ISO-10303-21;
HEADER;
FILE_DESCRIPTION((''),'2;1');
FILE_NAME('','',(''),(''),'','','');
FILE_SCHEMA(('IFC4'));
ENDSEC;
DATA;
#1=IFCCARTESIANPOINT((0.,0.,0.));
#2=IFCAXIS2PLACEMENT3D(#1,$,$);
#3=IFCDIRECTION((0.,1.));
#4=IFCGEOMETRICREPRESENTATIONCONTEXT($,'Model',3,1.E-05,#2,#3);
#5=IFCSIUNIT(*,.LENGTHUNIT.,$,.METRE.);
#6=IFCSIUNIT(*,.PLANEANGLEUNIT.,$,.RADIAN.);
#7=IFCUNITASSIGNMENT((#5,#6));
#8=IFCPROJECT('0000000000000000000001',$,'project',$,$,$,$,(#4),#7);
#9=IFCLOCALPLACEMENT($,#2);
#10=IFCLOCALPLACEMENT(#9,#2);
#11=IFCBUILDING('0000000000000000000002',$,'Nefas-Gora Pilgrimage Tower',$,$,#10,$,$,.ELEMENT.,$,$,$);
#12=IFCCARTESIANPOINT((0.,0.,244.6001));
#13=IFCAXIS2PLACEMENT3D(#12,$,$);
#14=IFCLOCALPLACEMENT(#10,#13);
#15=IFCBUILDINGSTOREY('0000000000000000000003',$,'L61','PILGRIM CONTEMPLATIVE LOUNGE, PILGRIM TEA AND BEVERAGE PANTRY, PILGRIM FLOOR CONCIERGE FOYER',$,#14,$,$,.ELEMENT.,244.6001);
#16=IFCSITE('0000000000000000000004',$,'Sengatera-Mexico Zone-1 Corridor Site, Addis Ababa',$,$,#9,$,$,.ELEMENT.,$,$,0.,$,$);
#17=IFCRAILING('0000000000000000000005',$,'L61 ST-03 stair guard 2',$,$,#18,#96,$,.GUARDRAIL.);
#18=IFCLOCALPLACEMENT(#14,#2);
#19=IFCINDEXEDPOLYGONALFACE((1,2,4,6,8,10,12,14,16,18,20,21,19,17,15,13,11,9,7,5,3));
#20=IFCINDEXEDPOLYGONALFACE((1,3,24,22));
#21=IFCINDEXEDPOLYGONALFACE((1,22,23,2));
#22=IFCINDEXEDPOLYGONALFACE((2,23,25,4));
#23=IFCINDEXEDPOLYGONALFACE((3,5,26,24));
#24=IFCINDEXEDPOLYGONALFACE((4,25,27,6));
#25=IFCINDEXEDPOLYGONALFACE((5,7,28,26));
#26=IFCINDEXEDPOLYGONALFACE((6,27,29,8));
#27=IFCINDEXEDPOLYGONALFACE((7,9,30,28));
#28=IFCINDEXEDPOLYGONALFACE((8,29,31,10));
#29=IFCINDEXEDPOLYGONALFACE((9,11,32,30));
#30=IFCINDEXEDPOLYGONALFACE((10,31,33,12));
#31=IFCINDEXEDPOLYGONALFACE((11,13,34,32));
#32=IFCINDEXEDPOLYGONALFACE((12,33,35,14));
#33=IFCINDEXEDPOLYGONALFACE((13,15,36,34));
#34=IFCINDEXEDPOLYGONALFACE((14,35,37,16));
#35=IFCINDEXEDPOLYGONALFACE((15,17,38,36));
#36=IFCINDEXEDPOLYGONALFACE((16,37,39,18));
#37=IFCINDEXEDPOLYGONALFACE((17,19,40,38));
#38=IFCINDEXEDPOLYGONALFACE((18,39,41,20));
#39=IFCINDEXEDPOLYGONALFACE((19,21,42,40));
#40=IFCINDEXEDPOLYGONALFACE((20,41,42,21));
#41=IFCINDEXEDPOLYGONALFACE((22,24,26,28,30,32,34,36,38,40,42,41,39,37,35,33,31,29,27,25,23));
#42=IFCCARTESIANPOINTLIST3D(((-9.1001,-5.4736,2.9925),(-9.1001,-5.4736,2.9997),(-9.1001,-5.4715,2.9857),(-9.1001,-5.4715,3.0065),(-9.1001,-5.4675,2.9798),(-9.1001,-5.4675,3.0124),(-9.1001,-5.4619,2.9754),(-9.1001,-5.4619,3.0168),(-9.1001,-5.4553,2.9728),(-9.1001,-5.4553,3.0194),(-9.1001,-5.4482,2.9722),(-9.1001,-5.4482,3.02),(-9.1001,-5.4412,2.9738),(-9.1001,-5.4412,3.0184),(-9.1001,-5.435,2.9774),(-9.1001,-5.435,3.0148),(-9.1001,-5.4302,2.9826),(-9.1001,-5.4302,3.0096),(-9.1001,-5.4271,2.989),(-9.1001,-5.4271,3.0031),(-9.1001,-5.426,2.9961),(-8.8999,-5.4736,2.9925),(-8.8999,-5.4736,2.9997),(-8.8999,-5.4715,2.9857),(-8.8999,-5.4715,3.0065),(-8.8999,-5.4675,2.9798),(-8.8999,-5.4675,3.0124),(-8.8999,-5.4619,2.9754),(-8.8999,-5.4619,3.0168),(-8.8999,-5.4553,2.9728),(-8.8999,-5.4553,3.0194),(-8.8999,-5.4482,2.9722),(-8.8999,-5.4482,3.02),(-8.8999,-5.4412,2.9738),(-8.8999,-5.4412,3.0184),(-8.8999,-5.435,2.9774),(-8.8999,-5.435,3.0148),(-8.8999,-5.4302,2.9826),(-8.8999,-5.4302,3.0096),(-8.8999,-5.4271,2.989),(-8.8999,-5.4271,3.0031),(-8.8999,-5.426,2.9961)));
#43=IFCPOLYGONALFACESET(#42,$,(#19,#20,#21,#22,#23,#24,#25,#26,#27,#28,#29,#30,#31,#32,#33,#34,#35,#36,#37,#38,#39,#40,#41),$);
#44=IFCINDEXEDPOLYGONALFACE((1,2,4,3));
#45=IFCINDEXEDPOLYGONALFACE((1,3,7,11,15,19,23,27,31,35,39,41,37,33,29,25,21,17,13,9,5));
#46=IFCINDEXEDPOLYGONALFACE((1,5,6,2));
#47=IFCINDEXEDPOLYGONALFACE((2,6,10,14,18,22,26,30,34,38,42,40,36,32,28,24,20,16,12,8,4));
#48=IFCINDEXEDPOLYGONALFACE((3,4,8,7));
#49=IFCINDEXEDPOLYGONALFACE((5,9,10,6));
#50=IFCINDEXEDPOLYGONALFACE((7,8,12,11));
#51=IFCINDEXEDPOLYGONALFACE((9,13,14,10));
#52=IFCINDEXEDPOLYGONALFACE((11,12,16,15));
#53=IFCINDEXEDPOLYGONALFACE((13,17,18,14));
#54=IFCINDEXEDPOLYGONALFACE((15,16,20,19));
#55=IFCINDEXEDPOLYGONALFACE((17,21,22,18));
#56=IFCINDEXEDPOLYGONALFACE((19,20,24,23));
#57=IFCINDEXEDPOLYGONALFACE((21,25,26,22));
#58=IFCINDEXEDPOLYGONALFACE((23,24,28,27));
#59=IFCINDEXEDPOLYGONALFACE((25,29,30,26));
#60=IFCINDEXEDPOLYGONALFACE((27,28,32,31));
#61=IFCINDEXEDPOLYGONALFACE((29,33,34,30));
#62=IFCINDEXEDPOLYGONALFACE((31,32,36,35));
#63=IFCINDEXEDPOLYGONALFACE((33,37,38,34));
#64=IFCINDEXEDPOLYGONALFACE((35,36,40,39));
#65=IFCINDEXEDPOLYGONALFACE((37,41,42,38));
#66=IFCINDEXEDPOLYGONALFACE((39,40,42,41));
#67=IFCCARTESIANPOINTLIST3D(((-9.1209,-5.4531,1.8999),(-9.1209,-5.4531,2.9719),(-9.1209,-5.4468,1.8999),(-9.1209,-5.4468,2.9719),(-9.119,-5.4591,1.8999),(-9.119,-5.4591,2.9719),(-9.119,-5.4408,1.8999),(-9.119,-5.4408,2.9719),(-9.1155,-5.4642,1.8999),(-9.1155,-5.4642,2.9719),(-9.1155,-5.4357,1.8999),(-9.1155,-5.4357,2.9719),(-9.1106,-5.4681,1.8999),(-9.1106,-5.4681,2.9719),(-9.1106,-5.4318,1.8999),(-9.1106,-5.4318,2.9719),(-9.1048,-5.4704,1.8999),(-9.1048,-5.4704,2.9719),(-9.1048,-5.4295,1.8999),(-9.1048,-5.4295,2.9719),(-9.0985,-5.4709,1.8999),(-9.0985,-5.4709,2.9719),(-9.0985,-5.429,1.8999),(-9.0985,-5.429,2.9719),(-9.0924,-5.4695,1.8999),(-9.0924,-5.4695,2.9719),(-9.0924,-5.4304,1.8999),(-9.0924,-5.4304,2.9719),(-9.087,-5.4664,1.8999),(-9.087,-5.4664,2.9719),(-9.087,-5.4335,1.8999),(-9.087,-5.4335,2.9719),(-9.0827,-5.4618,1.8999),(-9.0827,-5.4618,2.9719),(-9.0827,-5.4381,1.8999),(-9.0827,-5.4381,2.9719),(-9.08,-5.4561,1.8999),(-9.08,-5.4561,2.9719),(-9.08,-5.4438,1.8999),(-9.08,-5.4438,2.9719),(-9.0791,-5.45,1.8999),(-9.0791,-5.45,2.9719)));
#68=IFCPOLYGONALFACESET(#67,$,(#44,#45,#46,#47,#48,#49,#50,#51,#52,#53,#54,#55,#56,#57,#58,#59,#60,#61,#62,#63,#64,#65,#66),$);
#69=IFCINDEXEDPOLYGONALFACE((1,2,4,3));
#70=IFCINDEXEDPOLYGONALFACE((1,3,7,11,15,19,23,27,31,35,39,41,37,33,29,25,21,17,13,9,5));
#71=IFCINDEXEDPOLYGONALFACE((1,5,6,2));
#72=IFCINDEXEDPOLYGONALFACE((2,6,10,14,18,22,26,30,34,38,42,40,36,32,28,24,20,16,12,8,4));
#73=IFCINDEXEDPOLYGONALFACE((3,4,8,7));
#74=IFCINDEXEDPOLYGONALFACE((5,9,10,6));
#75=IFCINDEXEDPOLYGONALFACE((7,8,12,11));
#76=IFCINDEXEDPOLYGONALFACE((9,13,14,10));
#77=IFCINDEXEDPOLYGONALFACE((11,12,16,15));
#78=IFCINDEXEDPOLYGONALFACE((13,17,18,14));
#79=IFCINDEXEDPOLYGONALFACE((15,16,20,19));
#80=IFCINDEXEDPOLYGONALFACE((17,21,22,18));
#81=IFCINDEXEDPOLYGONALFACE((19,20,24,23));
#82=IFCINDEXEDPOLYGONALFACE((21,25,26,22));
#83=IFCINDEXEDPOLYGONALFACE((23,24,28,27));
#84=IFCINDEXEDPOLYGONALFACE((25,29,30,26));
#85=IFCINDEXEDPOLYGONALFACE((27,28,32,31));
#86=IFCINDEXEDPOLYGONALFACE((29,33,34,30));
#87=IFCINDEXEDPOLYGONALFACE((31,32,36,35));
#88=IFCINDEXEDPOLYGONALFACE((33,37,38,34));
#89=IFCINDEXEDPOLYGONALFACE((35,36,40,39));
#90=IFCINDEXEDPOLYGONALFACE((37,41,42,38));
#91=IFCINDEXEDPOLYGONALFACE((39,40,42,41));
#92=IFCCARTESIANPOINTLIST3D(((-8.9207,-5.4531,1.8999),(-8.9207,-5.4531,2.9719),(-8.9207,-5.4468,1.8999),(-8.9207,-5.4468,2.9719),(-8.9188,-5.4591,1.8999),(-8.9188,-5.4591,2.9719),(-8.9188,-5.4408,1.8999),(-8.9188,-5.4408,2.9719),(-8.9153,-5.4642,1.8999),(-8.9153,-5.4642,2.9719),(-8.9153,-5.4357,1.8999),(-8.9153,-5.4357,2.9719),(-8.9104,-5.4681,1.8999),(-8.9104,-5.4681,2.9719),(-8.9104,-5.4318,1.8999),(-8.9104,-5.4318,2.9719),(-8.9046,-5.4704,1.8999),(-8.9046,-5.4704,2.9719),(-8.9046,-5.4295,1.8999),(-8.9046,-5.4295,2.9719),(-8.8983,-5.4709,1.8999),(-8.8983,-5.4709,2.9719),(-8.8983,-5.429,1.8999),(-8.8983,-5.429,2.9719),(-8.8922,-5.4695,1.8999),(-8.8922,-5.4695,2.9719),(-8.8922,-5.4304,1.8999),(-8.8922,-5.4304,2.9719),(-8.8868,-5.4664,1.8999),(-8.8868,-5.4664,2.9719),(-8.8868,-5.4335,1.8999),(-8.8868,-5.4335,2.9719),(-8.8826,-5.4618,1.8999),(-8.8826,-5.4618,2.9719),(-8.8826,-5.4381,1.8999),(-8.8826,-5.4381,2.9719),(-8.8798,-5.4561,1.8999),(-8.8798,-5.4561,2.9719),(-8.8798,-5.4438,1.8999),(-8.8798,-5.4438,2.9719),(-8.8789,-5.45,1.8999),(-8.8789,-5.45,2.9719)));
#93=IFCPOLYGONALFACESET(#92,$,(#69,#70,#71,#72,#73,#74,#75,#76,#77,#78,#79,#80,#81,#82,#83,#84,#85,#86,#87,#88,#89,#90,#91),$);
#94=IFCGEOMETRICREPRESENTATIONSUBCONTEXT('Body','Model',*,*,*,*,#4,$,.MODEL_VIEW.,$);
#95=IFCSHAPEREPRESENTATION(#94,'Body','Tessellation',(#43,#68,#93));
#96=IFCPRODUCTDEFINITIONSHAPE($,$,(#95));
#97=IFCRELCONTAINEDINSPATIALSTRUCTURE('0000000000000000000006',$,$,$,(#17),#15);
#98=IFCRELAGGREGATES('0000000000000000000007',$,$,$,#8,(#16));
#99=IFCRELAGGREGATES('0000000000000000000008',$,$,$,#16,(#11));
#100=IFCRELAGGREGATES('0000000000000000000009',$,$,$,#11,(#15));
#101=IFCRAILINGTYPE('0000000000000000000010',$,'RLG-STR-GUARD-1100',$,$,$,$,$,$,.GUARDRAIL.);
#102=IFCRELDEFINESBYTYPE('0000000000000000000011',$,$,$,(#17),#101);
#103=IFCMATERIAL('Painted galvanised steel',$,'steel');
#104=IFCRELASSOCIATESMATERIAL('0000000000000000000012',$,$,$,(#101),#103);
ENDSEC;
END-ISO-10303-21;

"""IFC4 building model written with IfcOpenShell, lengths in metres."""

from ifc_helpers import new_model, si_unit, direction, frame, origin, origin_2d, place, context, subcontext, project, spatial, circle, extrude, material, type_object, element, save


model = new_model("IFC4")

# Units and contexts
model_context = context("Model", 3, precision=1e-05, world=origin(), true_north=direction((0.0, 1.0)))
body_context = subcontext(model_context, "Body", "Model", "MODEL_VIEW")
ifc_project = project(units=[si_unit("LENGTHUNIT", "METRE"), si_unit("PLANEANGLEUNIT", "RADIAN")], contexts=[model_context])

# Site, building, storey
site_placement = place(None, origin())
site = spatial("IfcSite", under=ifc_project, at=site_placement, Name="Sengatera-Mexico Zone-1 Corridor Site, Addis Ababa", CompositionType="ELEMENT", RefElevation=0.0)
building_placement = place(site_placement, origin())
building = spatial("IfcBuilding", under=site, at=building_placement, Name="Nefas-Gora Pilgrimage Tower", CompositionType="ELEMENT")
storey_placement = place(building_placement, frame((0.0, 0.0, 244.6001)))
storey = spatial("IfcBuildingStorey", under=building, at=storey_placement, Name="L61", Description="PILGRIM CONTEMPLATIVE LOUNGE, PILGRIM TEA AND BEVERAGE PANTRY, PILGRIM FLOOR CONCIERGE FOYER", CompositionType="ELEMENT", Elevation=244.6001)

# Railing
ifc_material_1 = material(Name="Painted galvanised steel", Category="steel")
railing_type_1 = type_object("IfcRailingType", Name="RLG-STR-GUARD-1100", PredefinedType="GUARDRAIL", material=ifc_material_1)
railing_1_placement = place(storey_placement, frame((-9.1001, -5.45, 1.8999)))
element("IfcRailing", 1, at=railing_1_placement, inside=storey, type_object=railing_type_1, Name="L61 ST-03 stair guard 2", PredefinedType="GUARDRAIL", context=body_context, shape_type="SweptSolid", body=[
    extrude(circle(Radius=0.0239, at=origin_2d()), frame((0.0, 0.0, 1.0962), z_axis=(1.0, 0.0, 0.0), x_axis=(0.0, 1.0, 0.0)), (0.0, 0.0, 1.0), 0.2002),
    extrude(circle(Radius=0.021, at=origin_2d()), origin(), (0.0, 0.0, 1.0), 1.072),
    extrude(circle(Radius=0.021, at=origin_2d()), frame((0.2002, 0.0, 0.0)), (0.0, 0.0, 1.0), 1.072),
])

save(model, "model.ifc")
